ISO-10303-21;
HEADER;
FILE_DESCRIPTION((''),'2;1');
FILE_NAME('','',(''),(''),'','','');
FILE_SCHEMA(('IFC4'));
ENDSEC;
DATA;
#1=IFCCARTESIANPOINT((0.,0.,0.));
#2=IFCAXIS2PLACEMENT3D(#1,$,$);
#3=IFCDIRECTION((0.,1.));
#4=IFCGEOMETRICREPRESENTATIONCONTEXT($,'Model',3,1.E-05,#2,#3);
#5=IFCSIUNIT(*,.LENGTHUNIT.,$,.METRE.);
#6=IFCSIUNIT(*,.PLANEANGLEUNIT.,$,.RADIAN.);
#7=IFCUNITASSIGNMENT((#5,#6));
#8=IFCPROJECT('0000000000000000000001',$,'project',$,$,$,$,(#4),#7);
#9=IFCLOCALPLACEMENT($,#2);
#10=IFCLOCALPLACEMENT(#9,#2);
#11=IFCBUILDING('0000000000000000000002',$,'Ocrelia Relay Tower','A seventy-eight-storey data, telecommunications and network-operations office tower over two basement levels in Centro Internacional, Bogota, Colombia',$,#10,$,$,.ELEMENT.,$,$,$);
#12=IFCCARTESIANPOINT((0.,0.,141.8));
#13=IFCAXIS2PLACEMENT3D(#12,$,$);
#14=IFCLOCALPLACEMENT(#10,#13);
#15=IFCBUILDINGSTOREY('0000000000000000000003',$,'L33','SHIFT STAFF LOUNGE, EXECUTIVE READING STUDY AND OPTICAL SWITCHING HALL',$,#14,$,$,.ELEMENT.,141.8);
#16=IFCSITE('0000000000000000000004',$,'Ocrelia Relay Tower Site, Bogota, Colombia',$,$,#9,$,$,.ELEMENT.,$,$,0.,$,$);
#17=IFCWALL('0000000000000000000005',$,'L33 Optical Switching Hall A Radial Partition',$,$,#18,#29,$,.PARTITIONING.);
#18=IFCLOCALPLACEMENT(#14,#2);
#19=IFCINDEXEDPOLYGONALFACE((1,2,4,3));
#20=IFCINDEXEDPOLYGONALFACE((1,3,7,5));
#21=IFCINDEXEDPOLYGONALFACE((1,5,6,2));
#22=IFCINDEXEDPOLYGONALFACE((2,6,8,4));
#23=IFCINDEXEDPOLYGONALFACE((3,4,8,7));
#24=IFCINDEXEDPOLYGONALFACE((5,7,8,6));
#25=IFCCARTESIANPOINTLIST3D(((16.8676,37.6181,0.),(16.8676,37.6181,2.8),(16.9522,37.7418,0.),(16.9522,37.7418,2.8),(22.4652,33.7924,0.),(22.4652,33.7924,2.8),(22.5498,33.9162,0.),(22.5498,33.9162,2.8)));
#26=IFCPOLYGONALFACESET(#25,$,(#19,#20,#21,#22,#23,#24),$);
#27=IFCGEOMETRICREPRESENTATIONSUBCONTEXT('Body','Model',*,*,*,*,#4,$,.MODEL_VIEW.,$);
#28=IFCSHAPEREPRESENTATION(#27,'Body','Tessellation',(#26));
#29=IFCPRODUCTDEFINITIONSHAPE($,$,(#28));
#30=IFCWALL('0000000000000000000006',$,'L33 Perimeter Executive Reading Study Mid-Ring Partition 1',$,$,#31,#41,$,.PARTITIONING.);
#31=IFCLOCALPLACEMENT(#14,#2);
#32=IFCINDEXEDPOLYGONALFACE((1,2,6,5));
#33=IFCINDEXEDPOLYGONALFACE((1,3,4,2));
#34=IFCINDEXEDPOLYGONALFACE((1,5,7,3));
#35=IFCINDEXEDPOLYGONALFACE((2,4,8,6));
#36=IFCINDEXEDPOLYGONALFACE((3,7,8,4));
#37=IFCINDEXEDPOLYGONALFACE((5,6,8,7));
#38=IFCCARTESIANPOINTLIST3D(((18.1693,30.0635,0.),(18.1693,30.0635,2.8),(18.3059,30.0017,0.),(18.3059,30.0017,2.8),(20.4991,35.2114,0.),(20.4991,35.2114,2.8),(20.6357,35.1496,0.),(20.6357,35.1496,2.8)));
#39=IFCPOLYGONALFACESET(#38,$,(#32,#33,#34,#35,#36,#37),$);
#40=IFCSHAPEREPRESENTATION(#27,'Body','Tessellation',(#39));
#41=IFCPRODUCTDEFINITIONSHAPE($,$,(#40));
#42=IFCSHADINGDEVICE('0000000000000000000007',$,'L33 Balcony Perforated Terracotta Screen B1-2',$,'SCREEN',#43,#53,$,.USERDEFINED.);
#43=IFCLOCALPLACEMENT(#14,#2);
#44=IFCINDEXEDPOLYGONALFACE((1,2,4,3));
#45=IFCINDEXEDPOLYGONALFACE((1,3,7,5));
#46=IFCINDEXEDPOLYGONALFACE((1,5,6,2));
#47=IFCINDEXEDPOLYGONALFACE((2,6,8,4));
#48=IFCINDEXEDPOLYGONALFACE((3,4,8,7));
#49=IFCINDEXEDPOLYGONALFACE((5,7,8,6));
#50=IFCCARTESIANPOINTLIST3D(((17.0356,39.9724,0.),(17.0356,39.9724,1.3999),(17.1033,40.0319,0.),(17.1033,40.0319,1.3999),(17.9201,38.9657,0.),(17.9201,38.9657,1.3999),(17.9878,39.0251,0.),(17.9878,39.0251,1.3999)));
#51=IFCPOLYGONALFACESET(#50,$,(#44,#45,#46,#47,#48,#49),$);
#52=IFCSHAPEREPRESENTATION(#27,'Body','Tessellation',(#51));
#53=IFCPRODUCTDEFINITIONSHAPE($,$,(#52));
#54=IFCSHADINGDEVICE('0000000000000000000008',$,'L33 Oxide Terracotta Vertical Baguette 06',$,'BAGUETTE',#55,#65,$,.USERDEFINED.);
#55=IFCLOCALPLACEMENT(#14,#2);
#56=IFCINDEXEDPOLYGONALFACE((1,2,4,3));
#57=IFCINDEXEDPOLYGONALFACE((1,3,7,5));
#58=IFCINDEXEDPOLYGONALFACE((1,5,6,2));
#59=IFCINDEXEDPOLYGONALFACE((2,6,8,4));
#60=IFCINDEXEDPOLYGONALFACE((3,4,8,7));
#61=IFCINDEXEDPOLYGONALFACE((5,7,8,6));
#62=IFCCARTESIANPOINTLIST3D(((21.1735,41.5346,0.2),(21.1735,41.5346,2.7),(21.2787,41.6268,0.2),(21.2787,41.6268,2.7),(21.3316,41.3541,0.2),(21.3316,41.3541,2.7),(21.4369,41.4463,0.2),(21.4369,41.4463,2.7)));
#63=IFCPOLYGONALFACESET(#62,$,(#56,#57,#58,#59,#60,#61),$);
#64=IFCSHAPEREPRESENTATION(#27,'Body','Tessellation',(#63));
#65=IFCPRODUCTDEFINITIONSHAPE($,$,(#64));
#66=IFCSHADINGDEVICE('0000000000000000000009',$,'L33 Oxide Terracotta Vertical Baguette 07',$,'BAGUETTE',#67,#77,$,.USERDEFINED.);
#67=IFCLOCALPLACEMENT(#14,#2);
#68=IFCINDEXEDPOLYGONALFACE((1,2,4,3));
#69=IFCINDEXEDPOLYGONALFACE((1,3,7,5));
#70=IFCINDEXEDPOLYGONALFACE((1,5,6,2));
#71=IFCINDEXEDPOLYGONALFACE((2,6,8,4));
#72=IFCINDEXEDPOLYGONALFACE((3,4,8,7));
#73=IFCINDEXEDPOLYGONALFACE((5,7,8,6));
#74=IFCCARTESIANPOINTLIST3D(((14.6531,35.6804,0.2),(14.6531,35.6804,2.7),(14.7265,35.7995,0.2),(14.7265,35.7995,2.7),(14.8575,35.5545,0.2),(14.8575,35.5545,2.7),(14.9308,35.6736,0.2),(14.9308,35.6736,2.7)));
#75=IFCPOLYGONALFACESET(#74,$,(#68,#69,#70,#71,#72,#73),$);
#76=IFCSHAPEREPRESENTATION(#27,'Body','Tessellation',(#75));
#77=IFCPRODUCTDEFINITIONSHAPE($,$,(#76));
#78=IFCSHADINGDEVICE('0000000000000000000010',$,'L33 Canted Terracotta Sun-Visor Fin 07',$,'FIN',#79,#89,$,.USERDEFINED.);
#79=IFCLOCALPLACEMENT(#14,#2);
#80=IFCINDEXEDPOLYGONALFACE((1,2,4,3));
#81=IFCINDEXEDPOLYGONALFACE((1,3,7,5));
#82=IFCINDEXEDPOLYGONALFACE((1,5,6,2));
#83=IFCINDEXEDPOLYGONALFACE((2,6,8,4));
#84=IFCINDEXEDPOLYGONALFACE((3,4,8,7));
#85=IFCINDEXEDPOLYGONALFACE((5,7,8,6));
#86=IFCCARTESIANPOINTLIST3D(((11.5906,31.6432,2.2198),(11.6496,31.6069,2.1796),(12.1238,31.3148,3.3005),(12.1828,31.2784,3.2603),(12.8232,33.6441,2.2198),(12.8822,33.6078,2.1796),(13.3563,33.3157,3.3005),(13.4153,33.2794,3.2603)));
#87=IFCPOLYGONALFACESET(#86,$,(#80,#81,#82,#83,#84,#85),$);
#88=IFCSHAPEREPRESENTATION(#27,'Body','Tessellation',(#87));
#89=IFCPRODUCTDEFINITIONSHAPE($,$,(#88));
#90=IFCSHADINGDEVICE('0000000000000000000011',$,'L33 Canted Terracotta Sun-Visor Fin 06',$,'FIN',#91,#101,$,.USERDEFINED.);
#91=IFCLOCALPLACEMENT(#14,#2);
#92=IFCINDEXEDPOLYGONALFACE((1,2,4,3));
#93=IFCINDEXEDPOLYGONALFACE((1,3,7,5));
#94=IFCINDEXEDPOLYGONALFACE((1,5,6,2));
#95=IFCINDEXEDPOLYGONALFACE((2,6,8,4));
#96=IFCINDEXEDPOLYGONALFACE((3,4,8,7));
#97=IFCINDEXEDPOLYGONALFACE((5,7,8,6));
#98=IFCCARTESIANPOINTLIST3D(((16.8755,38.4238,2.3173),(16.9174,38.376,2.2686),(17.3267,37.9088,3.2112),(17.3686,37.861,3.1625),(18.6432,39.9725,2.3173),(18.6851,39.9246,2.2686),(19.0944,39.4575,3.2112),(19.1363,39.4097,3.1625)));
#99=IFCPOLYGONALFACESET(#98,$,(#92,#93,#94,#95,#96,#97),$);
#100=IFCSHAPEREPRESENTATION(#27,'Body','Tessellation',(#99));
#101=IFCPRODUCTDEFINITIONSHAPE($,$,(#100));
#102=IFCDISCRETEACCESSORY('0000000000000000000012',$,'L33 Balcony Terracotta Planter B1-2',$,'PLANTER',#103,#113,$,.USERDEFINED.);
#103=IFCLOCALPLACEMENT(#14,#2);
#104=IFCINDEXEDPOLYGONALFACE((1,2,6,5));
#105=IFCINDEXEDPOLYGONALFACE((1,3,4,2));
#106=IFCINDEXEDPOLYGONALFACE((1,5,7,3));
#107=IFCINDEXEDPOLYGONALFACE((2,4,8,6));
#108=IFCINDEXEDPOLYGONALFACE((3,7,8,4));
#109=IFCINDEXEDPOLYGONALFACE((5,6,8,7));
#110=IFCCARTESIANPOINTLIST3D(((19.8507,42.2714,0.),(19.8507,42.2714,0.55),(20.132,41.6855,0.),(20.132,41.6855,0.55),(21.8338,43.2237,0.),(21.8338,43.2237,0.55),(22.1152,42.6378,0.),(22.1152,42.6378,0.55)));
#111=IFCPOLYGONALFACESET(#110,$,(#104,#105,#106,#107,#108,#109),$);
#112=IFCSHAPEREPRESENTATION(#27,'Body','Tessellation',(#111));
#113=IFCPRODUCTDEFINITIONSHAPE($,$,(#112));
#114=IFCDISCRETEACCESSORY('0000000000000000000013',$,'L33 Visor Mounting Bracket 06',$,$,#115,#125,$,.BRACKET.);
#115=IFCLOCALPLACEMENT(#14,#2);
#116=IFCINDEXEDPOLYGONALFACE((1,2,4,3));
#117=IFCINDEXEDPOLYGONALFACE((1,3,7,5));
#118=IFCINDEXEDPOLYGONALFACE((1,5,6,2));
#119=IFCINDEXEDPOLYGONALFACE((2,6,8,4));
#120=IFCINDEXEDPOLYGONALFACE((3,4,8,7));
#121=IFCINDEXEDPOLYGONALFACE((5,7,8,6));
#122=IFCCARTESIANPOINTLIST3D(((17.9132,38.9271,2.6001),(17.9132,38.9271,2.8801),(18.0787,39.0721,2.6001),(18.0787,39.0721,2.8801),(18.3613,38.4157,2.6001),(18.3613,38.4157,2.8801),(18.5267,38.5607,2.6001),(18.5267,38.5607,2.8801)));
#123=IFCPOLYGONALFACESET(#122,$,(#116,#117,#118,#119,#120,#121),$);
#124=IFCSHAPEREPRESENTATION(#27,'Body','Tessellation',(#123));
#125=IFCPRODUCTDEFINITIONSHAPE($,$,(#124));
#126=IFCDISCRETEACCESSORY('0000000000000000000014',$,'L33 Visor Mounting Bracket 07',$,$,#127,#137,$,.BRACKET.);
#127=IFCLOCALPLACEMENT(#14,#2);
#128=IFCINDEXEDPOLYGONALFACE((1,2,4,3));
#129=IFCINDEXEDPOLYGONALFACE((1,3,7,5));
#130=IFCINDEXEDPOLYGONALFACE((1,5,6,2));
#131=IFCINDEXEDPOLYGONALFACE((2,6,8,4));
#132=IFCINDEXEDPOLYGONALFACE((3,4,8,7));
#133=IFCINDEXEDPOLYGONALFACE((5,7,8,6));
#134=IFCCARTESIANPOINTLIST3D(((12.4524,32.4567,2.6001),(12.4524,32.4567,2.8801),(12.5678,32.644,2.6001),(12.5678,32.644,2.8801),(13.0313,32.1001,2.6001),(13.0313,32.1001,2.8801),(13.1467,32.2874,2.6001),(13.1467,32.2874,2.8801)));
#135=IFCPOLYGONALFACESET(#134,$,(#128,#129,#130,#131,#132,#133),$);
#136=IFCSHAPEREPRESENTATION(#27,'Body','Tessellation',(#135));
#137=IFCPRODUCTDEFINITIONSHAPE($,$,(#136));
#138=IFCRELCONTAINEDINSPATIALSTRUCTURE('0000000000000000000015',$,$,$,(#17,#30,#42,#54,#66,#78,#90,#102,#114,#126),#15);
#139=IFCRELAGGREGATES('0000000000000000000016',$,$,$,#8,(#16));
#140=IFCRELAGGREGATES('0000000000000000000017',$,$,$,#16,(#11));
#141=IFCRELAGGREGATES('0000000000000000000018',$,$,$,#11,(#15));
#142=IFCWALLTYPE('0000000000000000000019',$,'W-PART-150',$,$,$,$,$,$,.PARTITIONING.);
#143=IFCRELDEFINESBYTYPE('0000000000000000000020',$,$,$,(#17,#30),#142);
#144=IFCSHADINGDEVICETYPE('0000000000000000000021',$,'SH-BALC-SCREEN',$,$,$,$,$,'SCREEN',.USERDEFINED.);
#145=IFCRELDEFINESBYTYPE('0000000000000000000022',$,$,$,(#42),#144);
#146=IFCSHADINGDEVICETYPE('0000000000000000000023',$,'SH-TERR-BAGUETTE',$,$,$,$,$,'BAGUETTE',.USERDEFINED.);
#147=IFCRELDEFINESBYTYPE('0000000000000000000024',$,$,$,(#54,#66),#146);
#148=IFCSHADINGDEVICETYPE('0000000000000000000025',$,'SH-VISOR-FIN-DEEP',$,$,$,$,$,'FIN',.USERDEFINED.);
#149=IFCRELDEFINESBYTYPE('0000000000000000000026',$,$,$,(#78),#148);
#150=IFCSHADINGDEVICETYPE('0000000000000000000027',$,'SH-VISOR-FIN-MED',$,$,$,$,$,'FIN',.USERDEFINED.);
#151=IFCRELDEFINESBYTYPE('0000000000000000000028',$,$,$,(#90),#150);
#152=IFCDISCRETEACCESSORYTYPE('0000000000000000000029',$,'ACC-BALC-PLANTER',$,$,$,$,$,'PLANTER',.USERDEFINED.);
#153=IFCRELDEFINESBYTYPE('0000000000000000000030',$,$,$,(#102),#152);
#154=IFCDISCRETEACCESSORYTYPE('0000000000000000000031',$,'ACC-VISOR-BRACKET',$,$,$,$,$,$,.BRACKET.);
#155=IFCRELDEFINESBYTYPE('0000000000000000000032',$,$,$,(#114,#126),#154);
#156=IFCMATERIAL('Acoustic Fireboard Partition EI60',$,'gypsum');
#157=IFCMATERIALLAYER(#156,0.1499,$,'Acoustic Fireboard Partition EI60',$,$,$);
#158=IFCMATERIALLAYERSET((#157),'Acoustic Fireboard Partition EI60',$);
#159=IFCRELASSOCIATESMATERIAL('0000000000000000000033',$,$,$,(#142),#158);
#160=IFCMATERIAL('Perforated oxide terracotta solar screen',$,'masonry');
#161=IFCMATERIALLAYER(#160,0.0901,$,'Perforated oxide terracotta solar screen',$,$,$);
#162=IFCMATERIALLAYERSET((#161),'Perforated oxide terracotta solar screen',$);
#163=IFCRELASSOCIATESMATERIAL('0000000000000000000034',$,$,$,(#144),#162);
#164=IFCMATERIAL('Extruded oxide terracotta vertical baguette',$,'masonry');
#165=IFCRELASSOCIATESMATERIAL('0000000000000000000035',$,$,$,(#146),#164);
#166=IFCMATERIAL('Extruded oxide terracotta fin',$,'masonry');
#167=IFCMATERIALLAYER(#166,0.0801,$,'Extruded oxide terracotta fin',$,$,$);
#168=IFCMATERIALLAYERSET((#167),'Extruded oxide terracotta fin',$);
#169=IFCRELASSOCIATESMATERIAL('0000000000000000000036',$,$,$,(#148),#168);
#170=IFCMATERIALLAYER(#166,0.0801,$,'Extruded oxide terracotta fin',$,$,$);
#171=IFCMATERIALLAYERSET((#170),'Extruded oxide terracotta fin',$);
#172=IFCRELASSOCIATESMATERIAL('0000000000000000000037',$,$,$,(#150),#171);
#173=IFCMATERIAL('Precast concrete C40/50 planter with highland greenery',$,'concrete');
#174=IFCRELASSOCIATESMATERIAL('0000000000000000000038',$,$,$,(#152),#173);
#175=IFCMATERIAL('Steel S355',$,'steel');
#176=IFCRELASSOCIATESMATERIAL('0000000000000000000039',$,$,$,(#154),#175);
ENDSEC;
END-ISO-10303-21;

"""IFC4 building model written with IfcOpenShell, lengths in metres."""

from ifc_helpers import new_model, si_unit, direction, frame, frame_2d, origin, origin_2d, place, context, subcontext, project, spatial, rectangle, extrude, material, layer, layer_set, type_object, element, save


model = new_model("IFC4")

# Units and contexts
model_context = context("Model", 3, precision=1e-05, world=origin(), true_north=direction((0.0, 1.0)))
body_context = subcontext(model_context, "Body", "Model", "MODEL_VIEW")
ifc_project = project(units=[si_unit("LENGTHUNIT", "METRE"), si_unit("PLANEANGLEUNIT", "RADIAN")], contexts=[model_context])

# Site, building, storey
site_placement = place(None, origin())
site = spatial("IfcSite", under=ifc_project, at=site_placement, Name="Ocrelia Relay Tower Site, Bogota, Colombia", CompositionType="ELEMENT", RefElevation=0.0)
building_placement = place(site_placement, origin())
building = spatial("IfcBuilding", under=site, at=building_placement, Name="Ocrelia Relay Tower", Description="A seventy-eight-storey data, telecommunications and network-operations office tower over two basement levels in Centro Internacional, Bogota, Colombia", CompositionType="ELEMENT")
storey_placement = place(building_placement, frame((0.0, 0.0, 141.8)))
storey = spatial("IfcBuildingStorey", under=building, at=storey_placement, Name="L33", Description="SHIFT STAFF LOUNGE, EXECUTIVE READING STUDY AND OPTICAL SWITCHING HALL", CompositionType="ELEMENT", Elevation=141.8)

# Shared definitions
ifc_material_1 = material(Name="Steel S355", Category="steel")

# Walls
ifc_material_2 = material(Name="Acoustic Fireboard Partition EI60", Category="gypsum")
ifc_layer_1 = layer(ifc_material_2, 0.1499, Name="Acoustic Fireboard Partition EI60")
ifc_layer_set_1 = layer_set([ifc_layer_1], Name="Acoustic Fireboard Partition EI60")
wall_type_1 = type_object("IfcWallType", Name="W-PART-150", PredefinedType="PARTITIONING", material=ifc_layer_set_1)
wall_1_placement = place(storey_placement, frame((22.5076, 33.8542, 0.0), z_axis=(0.0, 0.0, 1.0), x_axis=(-0.825602, 0.564253, 0.0)))
element("IfcWall", 1, at=wall_1_placement, inside=storey, type_object=wall_type_1, Name="L33 Optical Switching Hall A Radial Partition", PredefinedType="PARTITIONING", context=body_context, shape_type="SweptSolid", body=[
    extrude(rectangle(XDim=6.78, YDim=0.1499, at=frame_2d((3.3901, 0.0))), origin(), (0.0, 0.0, 1.0), 2.8),
])
wall_2_placement = place(storey_placement, frame((20.5674, 35.1804, 0.0), z_axis=(0.0, 0.0, 1.0), x_axis=(-0.412315, -0.911041, 0.0)))
element("IfcWall", 2, at=wall_2_placement, inside=storey, type_object=wall_type_1, Name="L33 Perimeter Executive Reading Study Mid-Ring Partition 1", PredefinedType="PARTITIONING", context=body_context, shape_type="SweptSolid", body=[
    extrude(rectangle(XDim=5.6506, YDim=0.1499, at=frame_2d((2.8252, 0.0))), origin(), (0.0, 0.0, 1.0), 2.8),
])

# Shading devices
ifc_material_3 = material(Name="Perforated oxide terracotta solar screen", Category="masonry")
ifc_layer_2 = layer(ifc_material_3, 0.0901, Name="Perforated oxide terracotta solar screen")
ifc_layer_set_2 = layer_set([ifc_layer_2], Name="Perforated oxide terracotta solar screen")
shading_device_type_1 = type_object("IfcShadingDeviceType", Name="SH-BALC-SCREEN", ElementType="SCREEN", PredefinedType="USERDEFINED", material=ifc_layer_set_2)
shading_device_1_placement = place(storey_placement, frame((17.5117, 39.4988, 0.0), z_axis=(0.0, 0.0, 1.0), x_axis=(-0.660027, 0.751241, 0.0)))
element("IfcShadingDevice", 3, at=shading_device_1_placement, inside=storey, type_object=shading_device_type_1, Name="L33 Balcony Perforated Terracotta Screen B1-2", ObjectType="SCREEN", PredefinedType="USERDEFINED", context=body_context, shape_type="SweptSolid", body=[
    extrude(rectangle(XDim=1.3401, YDim=0.0901, at=origin_2d()), origin(), (0.0, 0.0, 1.0), 1.3999),
])
ifc_material_4 = material(Name="Extruded oxide terracotta vertical baguette", Category="masonry")
shading_device_type_2 = type_object("IfcShadingDeviceType", Name="SH-TERR-BAGUETTE", ElementType="BAGUETTE", PredefinedType="USERDEFINED", material=ifc_material_4)
for number, where, z_axis, x_axis, name in (
    (4, (21.3052, 41.4905, 0.2), (0.0, 0.0, 1.0), (-0.752169, -0.658971, 0.0), "L33 Oxide Terracotta Vertical Baguette 06"),
    (5, (14.792, 35.677, 0.2), (0.0, 0.0, 1.0), (-0.524467, -0.851431, 0.0), "L33 Oxide Terracotta Vertical Baguette 07"),
):
    element("IfcShadingDevice", number, at=place(storey_placement, frame(where, z_axis=z_axis, x_axis=x_axis)), inside=storey, type_object=shading_device_type_2, Name=name, ObjectType="BAGUETTE", PredefinedType="USERDEFINED", context=body_context, shape_type="SweptSolid", body=[
        extrude(rectangle(XDim=0.1399, YDim=0.24, at=origin_2d()), origin(), (0.0, 0.0, 1.0), 2.5),
    ])
ifc_material_5 = material(Name="Extruded oxide terracotta fin", Category="masonry")
ifc_layer_3 = layer(ifc_material_5, 0.0801, Name="Extruded oxide terracotta fin")
ifc_layer_set_3 = layer_set([ifc_layer_3], Name="Extruded oxide terracotta fin")
shading_device_type_3 = type_object("IfcShadingDeviceType", Name="SH-VISOR-FIN-DEEP", ElementType="FIN", PredefinedType="USERDEFINED", material=ifc_layer_set_3)
shading_device_2_placement = place(storey_placement, frame((12.5325, 32.4431, 2.72), z_axis=(-0.736691, 0.453789, 0.50136), x_axis=(-0.524467, -0.851431, 0.0)))
element("IfcShadingDevice", 6, at=shading_device_2_placement, inside=storey, type_object=shading_device_type_3, Name="L33 Canted Terracotta Sun-Visor Fin 07", ObjectType="FIN", PredefinedType="USERDEFINED", context=body_context, shape_type="SweptSolid", body=[
    extrude(rectangle(XDim=2.3501, YDim=1.249, at=origin_2d()), origin(), (0.0, 0.0, 1.0), 0.0801),
])
ifc_layer_4 = layer(ifc_material_5, 0.0801, Name="Extruded oxide terracotta fin")
ifc_layer_set_4 = layer_set([ifc_layer_4], Name="Extruded oxide terracotta fin")
shading_device_type_4 = type_object("IfcShadingDeviceType", Name="SH-VISOR-FIN-MED", ElementType="FIN", PredefinedType="USERDEFINED", material=ifc_layer_set_4)
shading_device_3_placement = place(storey_placement, frame((18.0269, 38.8928, 2.7156), z_axis=(-0.523146, 0.597135, 0.608069), x_axis=(-0.752169, -0.658971, 0.0)))
element("IfcShadingDevice", 7, at=shading_device_3_placement, inside=storey, type_object=shading_device_type_4, Name="L33 Canted Terracotta Sun-Visor Fin 06", ObjectType="FIN", PredefinedType="USERDEFINED", context=body_context, shape_type="SweptSolid", body=[
    extrude(rectangle(XDim=2.3501, YDim=1.126, at=origin_2d()), origin(), (0.0, 0.0, 1.0), 0.0801),
])

# Discrete accessories
ifc_material_6 = material(Name="Precast concrete C40/50 planter with highland greenery", Category="concrete")
discrete_accessory_type_1 = type_object("IfcDiscreteAccessoryType", Name="ACC-BALC-PLANTER", ElementType="PLANTER", PredefinedType="USERDEFINED", material=ifc_material_6)
discrete_accessory_placement = place(storey_placement, frame((20.9829, 42.4546, 0.0), z_axis=(0.0, 0.0, 1.0), x_axis=(0.901456, 0.43287, 0.0)))
element("IfcDiscreteAccessory", 8, at=discrete_accessory_placement, inside=storey, type_object=discrete_accessory_type_1, Name="L33 Balcony Terracotta Planter B1-2", ObjectType="PLANTER", PredefinedType="USERDEFINED", context=body_context, shape_type="SweptSolid", body=[
    extrude(rectangle(XDim=2.2, YDim=0.6499, at=origin_2d()), origin(), (0.0, 0.0, 1.0), 0.55),
])
discrete_accessory_type_2 = type_object("IfcDiscreteAccessoryType", Name="ACC-VISOR-BRACKET", PredefinedType="BRACKET", material=ifc_material_1)
for number, where, z_axis, x_axis, name in (
    (9, (18.22, 38.7439, 2.6001), (0.0, 0.0, 1.0), (-0.752169, -0.658971, 0.0), "L33 Visor Mounting Bracket 06"),
    (10, (12.7996, 32.3721, 2.6001), (0.0, 0.0, 1.0), (-0.524467, -0.851431, 0.0), "L33 Visor Mounting Bracket 07"),
):
    element("IfcDiscreteAccessory", number, at=place(storey_placement, frame(where, z_axis=z_axis, x_axis=x_axis)), inside=storey, type_object=discrete_accessory_type_2, Name=name, PredefinedType="BRACKET", context=body_context, shape_type="SweptSolid", body=[
        extrude(rectangle(XDim=0.22, YDim=0.6799, at=origin_2d()), origin(), (0.0, 0.0, 1.0), 0.28),
    ])

save(model, "model.ifc")
